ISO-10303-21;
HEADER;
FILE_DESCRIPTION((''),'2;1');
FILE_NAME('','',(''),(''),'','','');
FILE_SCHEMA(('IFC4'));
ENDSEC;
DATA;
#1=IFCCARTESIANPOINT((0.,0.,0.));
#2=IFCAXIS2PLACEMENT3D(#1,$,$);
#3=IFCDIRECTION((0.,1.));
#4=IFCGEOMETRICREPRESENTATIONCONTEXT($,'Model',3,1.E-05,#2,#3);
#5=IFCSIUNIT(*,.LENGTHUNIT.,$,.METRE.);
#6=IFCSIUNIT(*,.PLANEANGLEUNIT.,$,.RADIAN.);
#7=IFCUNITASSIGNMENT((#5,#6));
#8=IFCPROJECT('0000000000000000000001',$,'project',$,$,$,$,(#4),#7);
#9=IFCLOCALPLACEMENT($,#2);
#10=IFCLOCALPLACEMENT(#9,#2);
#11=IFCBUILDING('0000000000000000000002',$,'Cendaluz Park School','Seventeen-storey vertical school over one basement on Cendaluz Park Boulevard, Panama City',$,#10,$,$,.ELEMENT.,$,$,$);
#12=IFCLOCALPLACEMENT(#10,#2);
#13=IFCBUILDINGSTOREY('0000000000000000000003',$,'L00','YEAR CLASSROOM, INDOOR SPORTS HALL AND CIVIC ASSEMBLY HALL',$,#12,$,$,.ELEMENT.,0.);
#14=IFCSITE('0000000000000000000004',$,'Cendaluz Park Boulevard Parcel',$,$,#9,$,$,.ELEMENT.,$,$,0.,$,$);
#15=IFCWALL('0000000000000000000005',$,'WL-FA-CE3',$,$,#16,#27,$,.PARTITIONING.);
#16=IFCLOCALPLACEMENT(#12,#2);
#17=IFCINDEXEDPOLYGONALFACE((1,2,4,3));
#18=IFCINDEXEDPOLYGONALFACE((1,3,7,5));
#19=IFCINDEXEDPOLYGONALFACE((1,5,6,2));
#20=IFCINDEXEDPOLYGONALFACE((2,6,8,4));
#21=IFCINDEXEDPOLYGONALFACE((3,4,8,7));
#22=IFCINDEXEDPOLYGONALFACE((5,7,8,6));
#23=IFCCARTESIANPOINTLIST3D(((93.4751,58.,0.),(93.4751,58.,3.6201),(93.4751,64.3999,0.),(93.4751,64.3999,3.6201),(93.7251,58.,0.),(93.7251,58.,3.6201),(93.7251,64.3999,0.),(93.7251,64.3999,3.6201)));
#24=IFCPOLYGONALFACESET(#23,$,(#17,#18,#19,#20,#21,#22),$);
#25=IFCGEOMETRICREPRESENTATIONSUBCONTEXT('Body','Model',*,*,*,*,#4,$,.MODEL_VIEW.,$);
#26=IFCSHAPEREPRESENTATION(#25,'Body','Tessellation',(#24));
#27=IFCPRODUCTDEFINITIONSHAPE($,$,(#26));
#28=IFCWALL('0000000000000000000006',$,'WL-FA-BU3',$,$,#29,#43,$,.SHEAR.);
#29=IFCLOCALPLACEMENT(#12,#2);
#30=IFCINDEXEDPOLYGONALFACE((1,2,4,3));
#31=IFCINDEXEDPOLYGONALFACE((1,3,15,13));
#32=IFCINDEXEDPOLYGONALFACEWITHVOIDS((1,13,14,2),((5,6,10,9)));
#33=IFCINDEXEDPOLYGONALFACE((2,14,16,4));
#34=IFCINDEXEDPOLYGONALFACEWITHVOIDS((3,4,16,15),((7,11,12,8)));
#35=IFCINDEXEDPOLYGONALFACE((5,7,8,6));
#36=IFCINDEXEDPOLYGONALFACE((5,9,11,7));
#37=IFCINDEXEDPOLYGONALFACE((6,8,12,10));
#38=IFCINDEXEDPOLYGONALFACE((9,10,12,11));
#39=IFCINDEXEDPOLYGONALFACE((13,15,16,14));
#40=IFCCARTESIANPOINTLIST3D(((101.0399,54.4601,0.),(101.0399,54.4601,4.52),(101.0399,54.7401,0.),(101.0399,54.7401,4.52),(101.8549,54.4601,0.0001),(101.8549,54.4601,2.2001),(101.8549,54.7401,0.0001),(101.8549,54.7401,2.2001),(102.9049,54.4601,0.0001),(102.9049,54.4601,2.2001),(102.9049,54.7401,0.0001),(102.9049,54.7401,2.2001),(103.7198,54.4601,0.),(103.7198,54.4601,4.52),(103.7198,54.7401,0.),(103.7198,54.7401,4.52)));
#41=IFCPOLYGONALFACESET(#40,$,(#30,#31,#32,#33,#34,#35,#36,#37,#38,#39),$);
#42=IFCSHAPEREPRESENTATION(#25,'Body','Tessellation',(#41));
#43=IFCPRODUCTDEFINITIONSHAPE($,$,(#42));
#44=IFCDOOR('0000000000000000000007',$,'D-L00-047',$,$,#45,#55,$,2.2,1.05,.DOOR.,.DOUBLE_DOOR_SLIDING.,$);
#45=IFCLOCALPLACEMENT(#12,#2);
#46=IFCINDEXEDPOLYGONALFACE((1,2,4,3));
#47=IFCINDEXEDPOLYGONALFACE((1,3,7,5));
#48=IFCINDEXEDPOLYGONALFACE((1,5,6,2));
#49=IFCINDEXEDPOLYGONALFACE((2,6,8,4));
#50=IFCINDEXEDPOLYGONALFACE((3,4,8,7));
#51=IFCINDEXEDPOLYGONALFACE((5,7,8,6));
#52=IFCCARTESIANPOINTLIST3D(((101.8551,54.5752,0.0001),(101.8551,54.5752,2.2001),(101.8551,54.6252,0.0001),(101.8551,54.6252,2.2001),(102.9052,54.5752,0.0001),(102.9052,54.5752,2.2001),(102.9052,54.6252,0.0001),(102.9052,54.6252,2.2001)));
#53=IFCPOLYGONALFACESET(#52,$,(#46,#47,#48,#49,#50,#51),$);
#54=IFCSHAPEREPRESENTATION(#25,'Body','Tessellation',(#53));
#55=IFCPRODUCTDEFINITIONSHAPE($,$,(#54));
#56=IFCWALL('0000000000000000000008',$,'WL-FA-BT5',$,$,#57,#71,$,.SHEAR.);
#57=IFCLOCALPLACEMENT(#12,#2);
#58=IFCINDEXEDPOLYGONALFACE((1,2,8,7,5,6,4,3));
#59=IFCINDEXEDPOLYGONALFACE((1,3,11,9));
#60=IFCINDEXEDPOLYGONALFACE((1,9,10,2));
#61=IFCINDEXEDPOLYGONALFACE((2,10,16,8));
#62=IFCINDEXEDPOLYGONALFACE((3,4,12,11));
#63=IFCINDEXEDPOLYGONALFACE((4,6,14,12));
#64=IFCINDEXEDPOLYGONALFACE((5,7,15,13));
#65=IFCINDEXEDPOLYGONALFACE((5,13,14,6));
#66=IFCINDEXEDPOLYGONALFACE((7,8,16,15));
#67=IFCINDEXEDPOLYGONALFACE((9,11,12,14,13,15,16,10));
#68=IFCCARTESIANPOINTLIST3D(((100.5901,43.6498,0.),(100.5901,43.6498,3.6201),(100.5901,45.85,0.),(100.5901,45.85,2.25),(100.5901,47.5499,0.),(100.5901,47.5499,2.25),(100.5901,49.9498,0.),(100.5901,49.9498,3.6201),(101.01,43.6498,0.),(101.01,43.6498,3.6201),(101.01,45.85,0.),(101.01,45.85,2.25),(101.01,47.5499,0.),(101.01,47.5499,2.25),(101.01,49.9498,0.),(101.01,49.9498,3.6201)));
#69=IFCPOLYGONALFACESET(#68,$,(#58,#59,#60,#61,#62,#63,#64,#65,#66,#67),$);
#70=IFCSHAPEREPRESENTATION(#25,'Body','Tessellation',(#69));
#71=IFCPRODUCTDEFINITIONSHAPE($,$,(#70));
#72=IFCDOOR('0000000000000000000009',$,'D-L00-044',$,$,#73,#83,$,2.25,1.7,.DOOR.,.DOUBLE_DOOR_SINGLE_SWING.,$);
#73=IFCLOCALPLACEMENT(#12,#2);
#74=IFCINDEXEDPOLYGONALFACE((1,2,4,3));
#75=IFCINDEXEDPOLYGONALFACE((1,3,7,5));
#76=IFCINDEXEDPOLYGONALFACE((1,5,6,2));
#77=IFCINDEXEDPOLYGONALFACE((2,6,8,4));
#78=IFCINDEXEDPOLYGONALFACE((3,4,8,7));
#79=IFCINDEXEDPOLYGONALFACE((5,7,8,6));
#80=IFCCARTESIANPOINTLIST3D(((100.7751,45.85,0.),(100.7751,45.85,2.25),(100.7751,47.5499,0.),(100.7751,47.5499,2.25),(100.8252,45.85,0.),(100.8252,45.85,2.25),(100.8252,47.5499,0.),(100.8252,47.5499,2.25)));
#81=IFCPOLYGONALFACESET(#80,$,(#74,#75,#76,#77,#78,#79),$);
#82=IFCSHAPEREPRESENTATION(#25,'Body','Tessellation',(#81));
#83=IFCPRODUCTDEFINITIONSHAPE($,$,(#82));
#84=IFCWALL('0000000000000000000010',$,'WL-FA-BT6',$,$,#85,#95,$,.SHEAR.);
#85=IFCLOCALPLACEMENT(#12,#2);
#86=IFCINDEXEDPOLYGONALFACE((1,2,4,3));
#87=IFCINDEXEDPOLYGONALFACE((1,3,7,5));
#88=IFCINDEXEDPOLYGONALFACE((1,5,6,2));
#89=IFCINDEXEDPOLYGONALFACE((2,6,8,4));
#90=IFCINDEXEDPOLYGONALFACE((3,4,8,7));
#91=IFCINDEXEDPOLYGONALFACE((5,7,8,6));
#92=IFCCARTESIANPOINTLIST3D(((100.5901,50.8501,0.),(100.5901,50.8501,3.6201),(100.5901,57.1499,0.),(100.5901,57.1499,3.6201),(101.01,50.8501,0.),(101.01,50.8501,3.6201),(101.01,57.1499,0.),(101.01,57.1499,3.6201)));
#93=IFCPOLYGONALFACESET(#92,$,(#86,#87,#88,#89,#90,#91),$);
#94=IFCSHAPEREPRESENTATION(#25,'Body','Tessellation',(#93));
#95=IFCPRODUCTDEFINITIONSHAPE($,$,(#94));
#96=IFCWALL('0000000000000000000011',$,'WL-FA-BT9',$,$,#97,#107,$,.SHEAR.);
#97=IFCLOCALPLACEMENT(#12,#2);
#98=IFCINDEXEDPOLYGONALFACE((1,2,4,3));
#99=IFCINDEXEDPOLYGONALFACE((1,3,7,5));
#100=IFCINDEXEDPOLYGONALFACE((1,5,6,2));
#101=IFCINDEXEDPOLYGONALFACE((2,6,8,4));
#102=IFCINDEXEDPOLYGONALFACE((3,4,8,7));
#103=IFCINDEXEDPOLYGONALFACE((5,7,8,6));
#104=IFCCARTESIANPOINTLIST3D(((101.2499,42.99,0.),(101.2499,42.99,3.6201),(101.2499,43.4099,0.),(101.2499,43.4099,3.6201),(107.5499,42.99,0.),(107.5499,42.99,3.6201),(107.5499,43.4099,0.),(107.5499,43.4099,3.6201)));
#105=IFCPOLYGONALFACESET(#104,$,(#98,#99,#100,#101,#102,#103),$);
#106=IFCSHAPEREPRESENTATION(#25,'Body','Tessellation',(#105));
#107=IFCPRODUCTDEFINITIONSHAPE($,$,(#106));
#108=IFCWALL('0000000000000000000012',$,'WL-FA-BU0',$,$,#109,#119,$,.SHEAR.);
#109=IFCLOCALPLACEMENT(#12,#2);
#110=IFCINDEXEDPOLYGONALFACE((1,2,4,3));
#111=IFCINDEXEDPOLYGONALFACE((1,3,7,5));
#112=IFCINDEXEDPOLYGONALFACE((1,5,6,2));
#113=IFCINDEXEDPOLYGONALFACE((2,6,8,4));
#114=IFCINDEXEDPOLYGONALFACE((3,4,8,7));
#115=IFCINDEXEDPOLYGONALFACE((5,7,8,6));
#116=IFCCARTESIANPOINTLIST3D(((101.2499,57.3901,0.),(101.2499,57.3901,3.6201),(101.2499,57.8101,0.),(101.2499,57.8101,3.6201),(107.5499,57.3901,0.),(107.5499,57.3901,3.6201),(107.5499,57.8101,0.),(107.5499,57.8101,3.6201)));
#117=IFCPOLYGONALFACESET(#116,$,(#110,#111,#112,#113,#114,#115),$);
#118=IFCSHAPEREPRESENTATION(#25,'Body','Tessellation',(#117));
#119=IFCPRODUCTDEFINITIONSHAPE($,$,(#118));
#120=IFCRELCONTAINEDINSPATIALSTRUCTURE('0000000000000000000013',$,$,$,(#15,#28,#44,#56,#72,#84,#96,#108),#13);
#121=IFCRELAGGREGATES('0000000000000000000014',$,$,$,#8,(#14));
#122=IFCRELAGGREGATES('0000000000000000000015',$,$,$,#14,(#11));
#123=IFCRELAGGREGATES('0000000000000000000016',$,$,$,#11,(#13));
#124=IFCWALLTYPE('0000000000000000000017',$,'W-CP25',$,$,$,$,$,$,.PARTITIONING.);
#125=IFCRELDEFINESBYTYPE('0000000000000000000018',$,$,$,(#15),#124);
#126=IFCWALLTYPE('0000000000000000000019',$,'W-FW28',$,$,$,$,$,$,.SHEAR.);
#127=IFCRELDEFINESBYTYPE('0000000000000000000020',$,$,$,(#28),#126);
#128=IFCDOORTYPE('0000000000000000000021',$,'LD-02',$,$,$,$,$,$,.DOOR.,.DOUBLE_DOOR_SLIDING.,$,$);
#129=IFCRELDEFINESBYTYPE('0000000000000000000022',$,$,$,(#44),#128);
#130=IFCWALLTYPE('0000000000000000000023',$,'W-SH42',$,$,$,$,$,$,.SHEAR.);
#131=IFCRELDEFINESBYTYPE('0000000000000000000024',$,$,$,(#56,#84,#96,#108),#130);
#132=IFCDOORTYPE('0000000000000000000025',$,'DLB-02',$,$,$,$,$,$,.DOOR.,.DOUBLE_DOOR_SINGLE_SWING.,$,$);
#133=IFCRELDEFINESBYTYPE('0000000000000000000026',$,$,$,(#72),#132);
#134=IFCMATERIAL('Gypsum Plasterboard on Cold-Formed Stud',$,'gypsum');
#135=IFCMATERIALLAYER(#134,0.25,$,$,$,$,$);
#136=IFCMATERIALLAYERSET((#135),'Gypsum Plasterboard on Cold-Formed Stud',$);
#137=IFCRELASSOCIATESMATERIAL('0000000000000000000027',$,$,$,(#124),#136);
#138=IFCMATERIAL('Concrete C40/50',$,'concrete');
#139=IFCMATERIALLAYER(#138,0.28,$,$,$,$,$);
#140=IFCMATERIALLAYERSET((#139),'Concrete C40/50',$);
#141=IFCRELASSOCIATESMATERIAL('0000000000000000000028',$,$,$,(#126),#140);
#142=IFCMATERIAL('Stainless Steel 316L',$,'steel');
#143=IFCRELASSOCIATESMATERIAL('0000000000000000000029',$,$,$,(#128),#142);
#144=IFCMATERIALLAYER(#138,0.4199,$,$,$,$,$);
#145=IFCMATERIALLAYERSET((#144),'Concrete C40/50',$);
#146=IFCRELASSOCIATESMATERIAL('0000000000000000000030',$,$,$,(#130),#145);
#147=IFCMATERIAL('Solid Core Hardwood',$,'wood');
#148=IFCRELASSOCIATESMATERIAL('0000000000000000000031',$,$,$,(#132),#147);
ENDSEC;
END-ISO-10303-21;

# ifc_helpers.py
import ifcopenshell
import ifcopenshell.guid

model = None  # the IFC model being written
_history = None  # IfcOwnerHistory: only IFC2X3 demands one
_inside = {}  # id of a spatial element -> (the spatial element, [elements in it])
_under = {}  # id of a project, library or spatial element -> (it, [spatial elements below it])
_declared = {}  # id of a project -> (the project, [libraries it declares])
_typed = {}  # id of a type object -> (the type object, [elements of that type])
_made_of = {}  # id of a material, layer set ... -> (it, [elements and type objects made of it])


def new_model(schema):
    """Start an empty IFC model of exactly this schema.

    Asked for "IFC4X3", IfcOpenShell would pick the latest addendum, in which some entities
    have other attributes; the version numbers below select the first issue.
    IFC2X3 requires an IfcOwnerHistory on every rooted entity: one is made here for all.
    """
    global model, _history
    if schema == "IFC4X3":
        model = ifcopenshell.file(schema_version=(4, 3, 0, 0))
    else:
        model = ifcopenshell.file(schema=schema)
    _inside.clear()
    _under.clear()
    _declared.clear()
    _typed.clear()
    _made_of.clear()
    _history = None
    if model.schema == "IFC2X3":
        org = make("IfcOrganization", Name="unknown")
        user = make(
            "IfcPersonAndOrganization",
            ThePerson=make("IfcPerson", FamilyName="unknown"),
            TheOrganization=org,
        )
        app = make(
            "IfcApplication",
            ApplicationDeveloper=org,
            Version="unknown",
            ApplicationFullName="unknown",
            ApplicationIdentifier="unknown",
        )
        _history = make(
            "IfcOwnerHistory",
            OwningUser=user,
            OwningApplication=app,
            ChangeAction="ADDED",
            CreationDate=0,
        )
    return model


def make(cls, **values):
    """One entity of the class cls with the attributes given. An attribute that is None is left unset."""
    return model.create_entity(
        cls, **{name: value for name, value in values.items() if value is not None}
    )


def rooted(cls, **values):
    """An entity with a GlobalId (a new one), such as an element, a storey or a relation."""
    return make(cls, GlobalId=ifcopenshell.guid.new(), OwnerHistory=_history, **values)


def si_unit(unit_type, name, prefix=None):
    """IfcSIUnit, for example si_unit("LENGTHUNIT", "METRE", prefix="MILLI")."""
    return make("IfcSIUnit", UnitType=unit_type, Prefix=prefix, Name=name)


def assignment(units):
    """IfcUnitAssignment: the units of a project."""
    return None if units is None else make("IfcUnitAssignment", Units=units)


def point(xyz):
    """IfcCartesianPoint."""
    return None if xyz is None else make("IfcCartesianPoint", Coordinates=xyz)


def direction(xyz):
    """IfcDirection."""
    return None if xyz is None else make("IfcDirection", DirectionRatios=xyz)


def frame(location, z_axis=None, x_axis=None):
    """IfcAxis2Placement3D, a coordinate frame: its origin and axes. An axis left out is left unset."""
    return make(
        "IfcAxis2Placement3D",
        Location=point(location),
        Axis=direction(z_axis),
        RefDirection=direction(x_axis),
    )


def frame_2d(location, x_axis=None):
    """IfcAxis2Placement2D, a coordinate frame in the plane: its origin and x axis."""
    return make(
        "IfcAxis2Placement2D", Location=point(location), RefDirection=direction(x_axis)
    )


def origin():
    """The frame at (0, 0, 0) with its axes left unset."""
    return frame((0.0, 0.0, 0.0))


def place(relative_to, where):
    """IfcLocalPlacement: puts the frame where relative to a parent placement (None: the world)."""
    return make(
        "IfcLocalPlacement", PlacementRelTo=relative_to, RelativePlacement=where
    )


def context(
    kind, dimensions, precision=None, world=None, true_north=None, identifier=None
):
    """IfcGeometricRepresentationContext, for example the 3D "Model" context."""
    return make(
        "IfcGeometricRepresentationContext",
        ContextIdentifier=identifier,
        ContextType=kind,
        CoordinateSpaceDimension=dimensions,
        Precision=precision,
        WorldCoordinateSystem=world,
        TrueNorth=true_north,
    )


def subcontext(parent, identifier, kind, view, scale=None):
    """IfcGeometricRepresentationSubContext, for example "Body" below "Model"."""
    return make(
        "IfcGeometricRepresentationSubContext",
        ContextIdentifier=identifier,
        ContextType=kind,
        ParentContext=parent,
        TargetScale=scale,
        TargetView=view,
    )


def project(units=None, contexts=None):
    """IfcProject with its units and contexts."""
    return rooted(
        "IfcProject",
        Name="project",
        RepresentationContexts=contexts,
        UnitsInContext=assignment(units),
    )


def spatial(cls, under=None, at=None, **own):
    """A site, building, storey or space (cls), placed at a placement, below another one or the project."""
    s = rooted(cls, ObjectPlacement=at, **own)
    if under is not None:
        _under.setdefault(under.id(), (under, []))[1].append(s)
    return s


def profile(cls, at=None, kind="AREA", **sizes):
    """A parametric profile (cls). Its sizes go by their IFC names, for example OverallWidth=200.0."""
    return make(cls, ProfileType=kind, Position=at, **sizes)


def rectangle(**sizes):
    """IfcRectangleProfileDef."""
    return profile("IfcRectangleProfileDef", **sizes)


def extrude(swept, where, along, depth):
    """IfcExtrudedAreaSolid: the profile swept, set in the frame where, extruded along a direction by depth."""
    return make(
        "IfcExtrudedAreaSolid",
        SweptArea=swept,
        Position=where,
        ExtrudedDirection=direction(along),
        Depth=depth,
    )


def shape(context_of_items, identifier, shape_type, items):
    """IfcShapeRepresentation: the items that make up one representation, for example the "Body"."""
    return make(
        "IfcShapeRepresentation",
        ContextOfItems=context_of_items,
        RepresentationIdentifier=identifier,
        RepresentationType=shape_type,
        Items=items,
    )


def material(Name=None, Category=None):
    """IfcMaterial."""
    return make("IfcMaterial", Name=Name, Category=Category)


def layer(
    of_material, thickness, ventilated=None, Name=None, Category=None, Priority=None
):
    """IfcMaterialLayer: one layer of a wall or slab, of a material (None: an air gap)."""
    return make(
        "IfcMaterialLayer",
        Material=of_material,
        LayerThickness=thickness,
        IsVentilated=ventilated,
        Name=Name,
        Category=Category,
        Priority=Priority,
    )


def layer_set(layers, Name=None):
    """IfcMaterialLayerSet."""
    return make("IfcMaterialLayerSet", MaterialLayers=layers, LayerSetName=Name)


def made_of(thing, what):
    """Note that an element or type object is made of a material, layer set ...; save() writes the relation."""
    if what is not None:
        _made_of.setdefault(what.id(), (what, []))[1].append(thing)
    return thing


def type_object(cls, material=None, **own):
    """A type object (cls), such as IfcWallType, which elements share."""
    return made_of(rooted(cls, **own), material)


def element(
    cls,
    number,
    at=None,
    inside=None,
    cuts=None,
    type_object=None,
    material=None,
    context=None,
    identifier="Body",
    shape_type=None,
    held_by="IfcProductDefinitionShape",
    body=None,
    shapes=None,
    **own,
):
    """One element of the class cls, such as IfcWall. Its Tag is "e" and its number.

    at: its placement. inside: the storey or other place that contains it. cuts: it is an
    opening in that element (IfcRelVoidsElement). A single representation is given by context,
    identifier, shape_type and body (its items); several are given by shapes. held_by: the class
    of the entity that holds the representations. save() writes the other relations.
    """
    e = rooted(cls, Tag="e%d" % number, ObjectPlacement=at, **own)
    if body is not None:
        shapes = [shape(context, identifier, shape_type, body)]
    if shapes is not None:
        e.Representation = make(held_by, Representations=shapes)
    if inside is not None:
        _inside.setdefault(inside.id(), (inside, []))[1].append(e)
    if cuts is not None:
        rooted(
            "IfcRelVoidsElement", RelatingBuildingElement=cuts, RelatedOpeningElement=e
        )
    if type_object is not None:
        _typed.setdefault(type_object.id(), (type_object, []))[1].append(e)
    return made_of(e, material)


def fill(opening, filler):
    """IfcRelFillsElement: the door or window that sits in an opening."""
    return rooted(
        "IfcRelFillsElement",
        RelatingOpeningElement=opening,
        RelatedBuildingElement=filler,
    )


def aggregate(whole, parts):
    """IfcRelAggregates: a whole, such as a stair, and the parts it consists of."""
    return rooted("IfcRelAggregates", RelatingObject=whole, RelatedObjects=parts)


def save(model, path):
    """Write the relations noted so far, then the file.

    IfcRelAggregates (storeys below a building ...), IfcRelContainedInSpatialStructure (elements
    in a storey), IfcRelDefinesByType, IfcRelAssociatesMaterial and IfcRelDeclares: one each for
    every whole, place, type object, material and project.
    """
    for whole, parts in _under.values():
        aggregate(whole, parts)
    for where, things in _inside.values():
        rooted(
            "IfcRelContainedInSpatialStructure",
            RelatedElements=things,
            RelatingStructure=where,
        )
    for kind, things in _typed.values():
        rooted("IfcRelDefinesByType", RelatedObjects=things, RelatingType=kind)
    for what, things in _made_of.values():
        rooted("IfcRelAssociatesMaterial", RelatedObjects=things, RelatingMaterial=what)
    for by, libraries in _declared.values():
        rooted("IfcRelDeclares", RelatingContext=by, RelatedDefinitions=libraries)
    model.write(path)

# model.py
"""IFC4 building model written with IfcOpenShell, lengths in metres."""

from ifc_helpers import new_model, si_unit, direction, frame, frame_2d, origin, place, context, subcontext, project, spatial, rectangle, extrude, material, layer, layer_set, type_object, element, fill, save


model = new_model("IFC4")

# Units and contexts
model_context = context("Model", 3, precision=1e-05, world=origin(), true_north=direction((0.0, 1.0)))
body_context = subcontext(model_context, "Body", "Model", "MODEL_VIEW")
ifc_project = project(units=[si_unit("LENGTHUNIT", "METRE"), si_unit("PLANEANGLEUNIT", "RADIAN")], contexts=[model_context])

# Site, building, storey
site_placement = place(None, origin())
site = spatial("IfcSite", under=ifc_project, at=site_placement, Name="Cendaluz Park Boulevard Parcel", CompositionType="ELEMENT", RefElevation=0.0)
building_placement = place(site_placement, origin())
building = spatial("IfcBuilding", under=site, at=building_placement, Name="Cendaluz Park School", Description="Seventeen-storey vertical school over one basement on Cendaluz Park Boulevard, Panama City", CompositionType="ELEMENT")
storey_placement = place(building_placement, origin())
storey = spatial("IfcBuildingStorey", under=building, at=storey_placement, Name="L00", Description="YEAR CLASSROOM, INDOOR SPORTS HALL AND CIVIC ASSEMBLY HALL", CompositionType="ELEMENT", Elevation=0.0)

# Shared definitions
ifc_material_1 = material(Name="Concrete C40/50", Category="concrete")

# Wall
ifc_material_2 = material(Name="Gypsum Plasterboard on Cold-Formed Stud", Category="gypsum")
ifc_layer_1 = layer(ifc_material_2, 0.25)
ifc_layer_set_1 = layer_set([ifc_layer_1], Name="Gypsum Plasterboard on Cold-Formed Stud")
wall_type_1 = type_object("IfcWallType", Name="W-CP25", PredefinedType="PARTITIONING", material=ifc_layer_set_1)
wall_1_placement = place(storey_placement, frame((93.6001, 58.0, 0.0), z_axis=(0.0, 0.0, 1.0), x_axis=(0.0, 1.0, 0.0)))
element("IfcWall", 1, at=wall_1_placement, inside=storey, type_object=wall_type_1, Name="WL-FA-CE3", PredefinedType="PARTITIONING", context=body_context, shape_type="SweptSolid", body=[
    extrude(rectangle(XDim=6.3999, YDim=0.25, at=frame_2d((3.2, 0.0))), origin(), (0.0, 0.0, 1.0), 3.6201),
])

# Walls, openings, doors
ifc_layer_2 = layer(ifc_material_1, 0.28)
ifc_layer_set_2 = layer_set([ifc_layer_2], Name="Concrete C40/50")
wall_type_2 = type_object("IfcWallType", Name="W-FW28", PredefinedType="SHEAR", material=ifc_layer_set_2)
wall_2_placement = place(storey_placement, frame((101.04, 54.6001, 0.0), z_axis=(0.0, 0.0, 1.0), x_axis=(1.0, 0.0, 0.0)))
wall_2 = element("IfcWall", 2, at=wall_2_placement, inside=storey, type_object=wall_type_2, Name="WL-FA-BU3", PredefinedType="SHEAR", context=body_context, shape_type="SweptSolid", body=[
    extrude(rectangle(XDim=2.6799, YDim=0.28, at=frame_2d((1.3398, 0.0))), origin(), (0.0, 0.0, 1.0), 4.52),
])
opening_1_placement = place(wall_2_placement, frame((0.8149, 0.0, 0.0)))
opening_1 = element("IfcOpeningElement", 3, at=opening_1_placement, cuts=wall_2, PredefinedType="OPENING", context=body_context, shape_type="SweptSolid", body=[
    extrude(rectangle(XDim=1.05, YDim=2.2, at=frame_2d((0.5249, 1.1001))), frame((0.0, 0.1521, 0.0), z_axis=(0.0, -1.0, 0.0), x_axis=(1.0, 0.0, 0.0)), (0.0, 0.0, 1.0), 0.304),
])
ifc_material_3 = material(Name="Stainless Steel 316L", Category="steel")
door_type_1 = type_object("IfcDoorType", Name="LD-02", OperationType="DOUBLE_DOOR_SLIDING", PredefinedType="DOOR", material=ifc_material_3)
door_1_placement = place(opening_1_placement, frame((1.05, 0.0, 0.0), z_axis=(0.0, 0.0, 1.0), x_axis=(-1.0, 0.0, 0.0)))
door_1 = element("IfcDoor", 4, at=door_1_placement, inside=storey, type_object=door_type_1, Name="D-L00-047", OperationType="DOUBLE_DOOR_SLIDING", OverallHeight=2.2, OverallWidth=1.05, PredefinedType="DOOR", context=body_context, shape_type="SweptSolid", body=[
    extrude(rectangle(XDim=1.05, YDim=2.2, at=frame_2d((0.5249, 1.1001))), frame((0.0, 0.0249, 0.0), z_axis=(0.0, -1.0, 0.0), x_axis=(1.0, 0.0, 0.0)), (0.0, 0.0, 1.0), 0.05),
])
fill(opening_1, door_1)
ifc_layer_3 = layer(ifc_material_1, 0.4199)
ifc_layer_set_3 = layer_set([ifc_layer_3], Name="Concrete C40/50")
wall_type_3 = type_object("IfcWallType", Name="W-SH42", PredefinedType="SHEAR", material=ifc_layer_set_3)
wall_3_placement = place(storey_placement, frame((100.8, 43.6499, 0.0), z_axis=(0.0, 0.0, 1.0), x_axis=(0.0, 1.0, 0.0)))
wall_3 = element("IfcWall", 5, at=wall_3_placement, inside=storey, type_object=wall_type_3, Name="WL-FA-BT5", PredefinedType="SHEAR", context=body_context, shape_type="SweptSolid", body=[
    extrude(rectangle(XDim=6.3, YDim=0.4199, at=frame_2d((3.1499, 0.0))), origin(), (0.0, 0.0, 1.0), 3.6201),
])
opening_2_placement = place(wall_3_placement, frame((2.2, 0.0, 0.0)))
opening_2 = element("IfcOpeningElement", 6, at=opening_2_placement, cuts=wall_3, PredefinedType="OPENING", context=body_context, shape_type="SweptSolid", body=[
    extrude(rectangle(XDim=1.7, YDim=2.25, at=frame_2d((0.8501, 1.125))), frame((0.0, 0.2219, 0.0), z_axis=(0.0, -1.0, 0.0), x_axis=(1.0, 0.0, 0.0)), (0.0, 0.0, 1.0), 0.4438),
])
ifc_material_4 = material(Name="Solid Core Hardwood", Category="wood")
door_type_2 = type_object("IfcDoorType", Name="DLB-02", OperationType="DOUBLE_DOOR_SINGLE_SWING", PredefinedType="DOOR", material=ifc_material_4)
door_2_placement = place(opening_2_placement, origin())
door_2 = element("IfcDoor", 7, at=door_2_placement, inside=storey, type_object=door_type_2, Name="D-L00-044", OperationType="DOUBLE_DOOR_SINGLE_SWING", OverallHeight=2.25, OverallWidth=1.7, PredefinedType="DOOR", context=body_context, shape_type="SweptSolid", body=[
    extrude(rectangle(XDim=1.7, YDim=2.25, at=frame_2d((0.8501, 1.125))), frame((0.0, 0.0249, 0.0), z_axis=(0.0, -1.0, 0.0), x_axis=(1.0, 0.0, 0.0)), (0.0, 0.0, 1.0), 0.05),
])
fill(opening_2, door_2)

# Walls
wall_4_placement = place(storey_placement, frame((100.8, 50.8501, 0.0), z_axis=(0.0, 0.0, 1.0), x_axis=(0.0, 1.0, 0.0)))
element("IfcWall", 8, at=wall_4_placement, inside=storey, type_object=wall_type_3, Name="WL-FA-BT6", PredefinedType="SHEAR", context=body_context, shape_type="SweptSolid", body=[
    extrude(rectangle(XDim=6.2998, YDim=0.4199, at=frame_2d((3.1499, 0.0))), origin(), (0.0, 0.0, 1.0), 3.6201),
])
for number, where, z_axis, x_axis, name in (
    (9, (101.25, 43.2, 0.0), (0.0, 0.0, 1.0), (1.0, 0.0, 0.0), "WL-FA-BT9"),
    (10, (101.25, 57.6001, 0.0), (0.0, 0.0, 1.0), (1.0, 0.0, 0.0), "WL-FA-BU0"),
):
    element("IfcWall", number, at=place(storey_placement, frame(where, z_axis=z_axis, x_axis=x_axis)), inside=storey, type_object=wall_type_3, Name=name, PredefinedType="SHEAR", context=body_context, shape_type="SweptSolid", body=[
        extrude(rectangle(XDim=6.3, YDim=0.4199, at=frame_2d((3.1499, 0.0))), origin(), (0.0, 0.0, 1.0), 3.6201),
    ])

save(model, "model.ifc")
